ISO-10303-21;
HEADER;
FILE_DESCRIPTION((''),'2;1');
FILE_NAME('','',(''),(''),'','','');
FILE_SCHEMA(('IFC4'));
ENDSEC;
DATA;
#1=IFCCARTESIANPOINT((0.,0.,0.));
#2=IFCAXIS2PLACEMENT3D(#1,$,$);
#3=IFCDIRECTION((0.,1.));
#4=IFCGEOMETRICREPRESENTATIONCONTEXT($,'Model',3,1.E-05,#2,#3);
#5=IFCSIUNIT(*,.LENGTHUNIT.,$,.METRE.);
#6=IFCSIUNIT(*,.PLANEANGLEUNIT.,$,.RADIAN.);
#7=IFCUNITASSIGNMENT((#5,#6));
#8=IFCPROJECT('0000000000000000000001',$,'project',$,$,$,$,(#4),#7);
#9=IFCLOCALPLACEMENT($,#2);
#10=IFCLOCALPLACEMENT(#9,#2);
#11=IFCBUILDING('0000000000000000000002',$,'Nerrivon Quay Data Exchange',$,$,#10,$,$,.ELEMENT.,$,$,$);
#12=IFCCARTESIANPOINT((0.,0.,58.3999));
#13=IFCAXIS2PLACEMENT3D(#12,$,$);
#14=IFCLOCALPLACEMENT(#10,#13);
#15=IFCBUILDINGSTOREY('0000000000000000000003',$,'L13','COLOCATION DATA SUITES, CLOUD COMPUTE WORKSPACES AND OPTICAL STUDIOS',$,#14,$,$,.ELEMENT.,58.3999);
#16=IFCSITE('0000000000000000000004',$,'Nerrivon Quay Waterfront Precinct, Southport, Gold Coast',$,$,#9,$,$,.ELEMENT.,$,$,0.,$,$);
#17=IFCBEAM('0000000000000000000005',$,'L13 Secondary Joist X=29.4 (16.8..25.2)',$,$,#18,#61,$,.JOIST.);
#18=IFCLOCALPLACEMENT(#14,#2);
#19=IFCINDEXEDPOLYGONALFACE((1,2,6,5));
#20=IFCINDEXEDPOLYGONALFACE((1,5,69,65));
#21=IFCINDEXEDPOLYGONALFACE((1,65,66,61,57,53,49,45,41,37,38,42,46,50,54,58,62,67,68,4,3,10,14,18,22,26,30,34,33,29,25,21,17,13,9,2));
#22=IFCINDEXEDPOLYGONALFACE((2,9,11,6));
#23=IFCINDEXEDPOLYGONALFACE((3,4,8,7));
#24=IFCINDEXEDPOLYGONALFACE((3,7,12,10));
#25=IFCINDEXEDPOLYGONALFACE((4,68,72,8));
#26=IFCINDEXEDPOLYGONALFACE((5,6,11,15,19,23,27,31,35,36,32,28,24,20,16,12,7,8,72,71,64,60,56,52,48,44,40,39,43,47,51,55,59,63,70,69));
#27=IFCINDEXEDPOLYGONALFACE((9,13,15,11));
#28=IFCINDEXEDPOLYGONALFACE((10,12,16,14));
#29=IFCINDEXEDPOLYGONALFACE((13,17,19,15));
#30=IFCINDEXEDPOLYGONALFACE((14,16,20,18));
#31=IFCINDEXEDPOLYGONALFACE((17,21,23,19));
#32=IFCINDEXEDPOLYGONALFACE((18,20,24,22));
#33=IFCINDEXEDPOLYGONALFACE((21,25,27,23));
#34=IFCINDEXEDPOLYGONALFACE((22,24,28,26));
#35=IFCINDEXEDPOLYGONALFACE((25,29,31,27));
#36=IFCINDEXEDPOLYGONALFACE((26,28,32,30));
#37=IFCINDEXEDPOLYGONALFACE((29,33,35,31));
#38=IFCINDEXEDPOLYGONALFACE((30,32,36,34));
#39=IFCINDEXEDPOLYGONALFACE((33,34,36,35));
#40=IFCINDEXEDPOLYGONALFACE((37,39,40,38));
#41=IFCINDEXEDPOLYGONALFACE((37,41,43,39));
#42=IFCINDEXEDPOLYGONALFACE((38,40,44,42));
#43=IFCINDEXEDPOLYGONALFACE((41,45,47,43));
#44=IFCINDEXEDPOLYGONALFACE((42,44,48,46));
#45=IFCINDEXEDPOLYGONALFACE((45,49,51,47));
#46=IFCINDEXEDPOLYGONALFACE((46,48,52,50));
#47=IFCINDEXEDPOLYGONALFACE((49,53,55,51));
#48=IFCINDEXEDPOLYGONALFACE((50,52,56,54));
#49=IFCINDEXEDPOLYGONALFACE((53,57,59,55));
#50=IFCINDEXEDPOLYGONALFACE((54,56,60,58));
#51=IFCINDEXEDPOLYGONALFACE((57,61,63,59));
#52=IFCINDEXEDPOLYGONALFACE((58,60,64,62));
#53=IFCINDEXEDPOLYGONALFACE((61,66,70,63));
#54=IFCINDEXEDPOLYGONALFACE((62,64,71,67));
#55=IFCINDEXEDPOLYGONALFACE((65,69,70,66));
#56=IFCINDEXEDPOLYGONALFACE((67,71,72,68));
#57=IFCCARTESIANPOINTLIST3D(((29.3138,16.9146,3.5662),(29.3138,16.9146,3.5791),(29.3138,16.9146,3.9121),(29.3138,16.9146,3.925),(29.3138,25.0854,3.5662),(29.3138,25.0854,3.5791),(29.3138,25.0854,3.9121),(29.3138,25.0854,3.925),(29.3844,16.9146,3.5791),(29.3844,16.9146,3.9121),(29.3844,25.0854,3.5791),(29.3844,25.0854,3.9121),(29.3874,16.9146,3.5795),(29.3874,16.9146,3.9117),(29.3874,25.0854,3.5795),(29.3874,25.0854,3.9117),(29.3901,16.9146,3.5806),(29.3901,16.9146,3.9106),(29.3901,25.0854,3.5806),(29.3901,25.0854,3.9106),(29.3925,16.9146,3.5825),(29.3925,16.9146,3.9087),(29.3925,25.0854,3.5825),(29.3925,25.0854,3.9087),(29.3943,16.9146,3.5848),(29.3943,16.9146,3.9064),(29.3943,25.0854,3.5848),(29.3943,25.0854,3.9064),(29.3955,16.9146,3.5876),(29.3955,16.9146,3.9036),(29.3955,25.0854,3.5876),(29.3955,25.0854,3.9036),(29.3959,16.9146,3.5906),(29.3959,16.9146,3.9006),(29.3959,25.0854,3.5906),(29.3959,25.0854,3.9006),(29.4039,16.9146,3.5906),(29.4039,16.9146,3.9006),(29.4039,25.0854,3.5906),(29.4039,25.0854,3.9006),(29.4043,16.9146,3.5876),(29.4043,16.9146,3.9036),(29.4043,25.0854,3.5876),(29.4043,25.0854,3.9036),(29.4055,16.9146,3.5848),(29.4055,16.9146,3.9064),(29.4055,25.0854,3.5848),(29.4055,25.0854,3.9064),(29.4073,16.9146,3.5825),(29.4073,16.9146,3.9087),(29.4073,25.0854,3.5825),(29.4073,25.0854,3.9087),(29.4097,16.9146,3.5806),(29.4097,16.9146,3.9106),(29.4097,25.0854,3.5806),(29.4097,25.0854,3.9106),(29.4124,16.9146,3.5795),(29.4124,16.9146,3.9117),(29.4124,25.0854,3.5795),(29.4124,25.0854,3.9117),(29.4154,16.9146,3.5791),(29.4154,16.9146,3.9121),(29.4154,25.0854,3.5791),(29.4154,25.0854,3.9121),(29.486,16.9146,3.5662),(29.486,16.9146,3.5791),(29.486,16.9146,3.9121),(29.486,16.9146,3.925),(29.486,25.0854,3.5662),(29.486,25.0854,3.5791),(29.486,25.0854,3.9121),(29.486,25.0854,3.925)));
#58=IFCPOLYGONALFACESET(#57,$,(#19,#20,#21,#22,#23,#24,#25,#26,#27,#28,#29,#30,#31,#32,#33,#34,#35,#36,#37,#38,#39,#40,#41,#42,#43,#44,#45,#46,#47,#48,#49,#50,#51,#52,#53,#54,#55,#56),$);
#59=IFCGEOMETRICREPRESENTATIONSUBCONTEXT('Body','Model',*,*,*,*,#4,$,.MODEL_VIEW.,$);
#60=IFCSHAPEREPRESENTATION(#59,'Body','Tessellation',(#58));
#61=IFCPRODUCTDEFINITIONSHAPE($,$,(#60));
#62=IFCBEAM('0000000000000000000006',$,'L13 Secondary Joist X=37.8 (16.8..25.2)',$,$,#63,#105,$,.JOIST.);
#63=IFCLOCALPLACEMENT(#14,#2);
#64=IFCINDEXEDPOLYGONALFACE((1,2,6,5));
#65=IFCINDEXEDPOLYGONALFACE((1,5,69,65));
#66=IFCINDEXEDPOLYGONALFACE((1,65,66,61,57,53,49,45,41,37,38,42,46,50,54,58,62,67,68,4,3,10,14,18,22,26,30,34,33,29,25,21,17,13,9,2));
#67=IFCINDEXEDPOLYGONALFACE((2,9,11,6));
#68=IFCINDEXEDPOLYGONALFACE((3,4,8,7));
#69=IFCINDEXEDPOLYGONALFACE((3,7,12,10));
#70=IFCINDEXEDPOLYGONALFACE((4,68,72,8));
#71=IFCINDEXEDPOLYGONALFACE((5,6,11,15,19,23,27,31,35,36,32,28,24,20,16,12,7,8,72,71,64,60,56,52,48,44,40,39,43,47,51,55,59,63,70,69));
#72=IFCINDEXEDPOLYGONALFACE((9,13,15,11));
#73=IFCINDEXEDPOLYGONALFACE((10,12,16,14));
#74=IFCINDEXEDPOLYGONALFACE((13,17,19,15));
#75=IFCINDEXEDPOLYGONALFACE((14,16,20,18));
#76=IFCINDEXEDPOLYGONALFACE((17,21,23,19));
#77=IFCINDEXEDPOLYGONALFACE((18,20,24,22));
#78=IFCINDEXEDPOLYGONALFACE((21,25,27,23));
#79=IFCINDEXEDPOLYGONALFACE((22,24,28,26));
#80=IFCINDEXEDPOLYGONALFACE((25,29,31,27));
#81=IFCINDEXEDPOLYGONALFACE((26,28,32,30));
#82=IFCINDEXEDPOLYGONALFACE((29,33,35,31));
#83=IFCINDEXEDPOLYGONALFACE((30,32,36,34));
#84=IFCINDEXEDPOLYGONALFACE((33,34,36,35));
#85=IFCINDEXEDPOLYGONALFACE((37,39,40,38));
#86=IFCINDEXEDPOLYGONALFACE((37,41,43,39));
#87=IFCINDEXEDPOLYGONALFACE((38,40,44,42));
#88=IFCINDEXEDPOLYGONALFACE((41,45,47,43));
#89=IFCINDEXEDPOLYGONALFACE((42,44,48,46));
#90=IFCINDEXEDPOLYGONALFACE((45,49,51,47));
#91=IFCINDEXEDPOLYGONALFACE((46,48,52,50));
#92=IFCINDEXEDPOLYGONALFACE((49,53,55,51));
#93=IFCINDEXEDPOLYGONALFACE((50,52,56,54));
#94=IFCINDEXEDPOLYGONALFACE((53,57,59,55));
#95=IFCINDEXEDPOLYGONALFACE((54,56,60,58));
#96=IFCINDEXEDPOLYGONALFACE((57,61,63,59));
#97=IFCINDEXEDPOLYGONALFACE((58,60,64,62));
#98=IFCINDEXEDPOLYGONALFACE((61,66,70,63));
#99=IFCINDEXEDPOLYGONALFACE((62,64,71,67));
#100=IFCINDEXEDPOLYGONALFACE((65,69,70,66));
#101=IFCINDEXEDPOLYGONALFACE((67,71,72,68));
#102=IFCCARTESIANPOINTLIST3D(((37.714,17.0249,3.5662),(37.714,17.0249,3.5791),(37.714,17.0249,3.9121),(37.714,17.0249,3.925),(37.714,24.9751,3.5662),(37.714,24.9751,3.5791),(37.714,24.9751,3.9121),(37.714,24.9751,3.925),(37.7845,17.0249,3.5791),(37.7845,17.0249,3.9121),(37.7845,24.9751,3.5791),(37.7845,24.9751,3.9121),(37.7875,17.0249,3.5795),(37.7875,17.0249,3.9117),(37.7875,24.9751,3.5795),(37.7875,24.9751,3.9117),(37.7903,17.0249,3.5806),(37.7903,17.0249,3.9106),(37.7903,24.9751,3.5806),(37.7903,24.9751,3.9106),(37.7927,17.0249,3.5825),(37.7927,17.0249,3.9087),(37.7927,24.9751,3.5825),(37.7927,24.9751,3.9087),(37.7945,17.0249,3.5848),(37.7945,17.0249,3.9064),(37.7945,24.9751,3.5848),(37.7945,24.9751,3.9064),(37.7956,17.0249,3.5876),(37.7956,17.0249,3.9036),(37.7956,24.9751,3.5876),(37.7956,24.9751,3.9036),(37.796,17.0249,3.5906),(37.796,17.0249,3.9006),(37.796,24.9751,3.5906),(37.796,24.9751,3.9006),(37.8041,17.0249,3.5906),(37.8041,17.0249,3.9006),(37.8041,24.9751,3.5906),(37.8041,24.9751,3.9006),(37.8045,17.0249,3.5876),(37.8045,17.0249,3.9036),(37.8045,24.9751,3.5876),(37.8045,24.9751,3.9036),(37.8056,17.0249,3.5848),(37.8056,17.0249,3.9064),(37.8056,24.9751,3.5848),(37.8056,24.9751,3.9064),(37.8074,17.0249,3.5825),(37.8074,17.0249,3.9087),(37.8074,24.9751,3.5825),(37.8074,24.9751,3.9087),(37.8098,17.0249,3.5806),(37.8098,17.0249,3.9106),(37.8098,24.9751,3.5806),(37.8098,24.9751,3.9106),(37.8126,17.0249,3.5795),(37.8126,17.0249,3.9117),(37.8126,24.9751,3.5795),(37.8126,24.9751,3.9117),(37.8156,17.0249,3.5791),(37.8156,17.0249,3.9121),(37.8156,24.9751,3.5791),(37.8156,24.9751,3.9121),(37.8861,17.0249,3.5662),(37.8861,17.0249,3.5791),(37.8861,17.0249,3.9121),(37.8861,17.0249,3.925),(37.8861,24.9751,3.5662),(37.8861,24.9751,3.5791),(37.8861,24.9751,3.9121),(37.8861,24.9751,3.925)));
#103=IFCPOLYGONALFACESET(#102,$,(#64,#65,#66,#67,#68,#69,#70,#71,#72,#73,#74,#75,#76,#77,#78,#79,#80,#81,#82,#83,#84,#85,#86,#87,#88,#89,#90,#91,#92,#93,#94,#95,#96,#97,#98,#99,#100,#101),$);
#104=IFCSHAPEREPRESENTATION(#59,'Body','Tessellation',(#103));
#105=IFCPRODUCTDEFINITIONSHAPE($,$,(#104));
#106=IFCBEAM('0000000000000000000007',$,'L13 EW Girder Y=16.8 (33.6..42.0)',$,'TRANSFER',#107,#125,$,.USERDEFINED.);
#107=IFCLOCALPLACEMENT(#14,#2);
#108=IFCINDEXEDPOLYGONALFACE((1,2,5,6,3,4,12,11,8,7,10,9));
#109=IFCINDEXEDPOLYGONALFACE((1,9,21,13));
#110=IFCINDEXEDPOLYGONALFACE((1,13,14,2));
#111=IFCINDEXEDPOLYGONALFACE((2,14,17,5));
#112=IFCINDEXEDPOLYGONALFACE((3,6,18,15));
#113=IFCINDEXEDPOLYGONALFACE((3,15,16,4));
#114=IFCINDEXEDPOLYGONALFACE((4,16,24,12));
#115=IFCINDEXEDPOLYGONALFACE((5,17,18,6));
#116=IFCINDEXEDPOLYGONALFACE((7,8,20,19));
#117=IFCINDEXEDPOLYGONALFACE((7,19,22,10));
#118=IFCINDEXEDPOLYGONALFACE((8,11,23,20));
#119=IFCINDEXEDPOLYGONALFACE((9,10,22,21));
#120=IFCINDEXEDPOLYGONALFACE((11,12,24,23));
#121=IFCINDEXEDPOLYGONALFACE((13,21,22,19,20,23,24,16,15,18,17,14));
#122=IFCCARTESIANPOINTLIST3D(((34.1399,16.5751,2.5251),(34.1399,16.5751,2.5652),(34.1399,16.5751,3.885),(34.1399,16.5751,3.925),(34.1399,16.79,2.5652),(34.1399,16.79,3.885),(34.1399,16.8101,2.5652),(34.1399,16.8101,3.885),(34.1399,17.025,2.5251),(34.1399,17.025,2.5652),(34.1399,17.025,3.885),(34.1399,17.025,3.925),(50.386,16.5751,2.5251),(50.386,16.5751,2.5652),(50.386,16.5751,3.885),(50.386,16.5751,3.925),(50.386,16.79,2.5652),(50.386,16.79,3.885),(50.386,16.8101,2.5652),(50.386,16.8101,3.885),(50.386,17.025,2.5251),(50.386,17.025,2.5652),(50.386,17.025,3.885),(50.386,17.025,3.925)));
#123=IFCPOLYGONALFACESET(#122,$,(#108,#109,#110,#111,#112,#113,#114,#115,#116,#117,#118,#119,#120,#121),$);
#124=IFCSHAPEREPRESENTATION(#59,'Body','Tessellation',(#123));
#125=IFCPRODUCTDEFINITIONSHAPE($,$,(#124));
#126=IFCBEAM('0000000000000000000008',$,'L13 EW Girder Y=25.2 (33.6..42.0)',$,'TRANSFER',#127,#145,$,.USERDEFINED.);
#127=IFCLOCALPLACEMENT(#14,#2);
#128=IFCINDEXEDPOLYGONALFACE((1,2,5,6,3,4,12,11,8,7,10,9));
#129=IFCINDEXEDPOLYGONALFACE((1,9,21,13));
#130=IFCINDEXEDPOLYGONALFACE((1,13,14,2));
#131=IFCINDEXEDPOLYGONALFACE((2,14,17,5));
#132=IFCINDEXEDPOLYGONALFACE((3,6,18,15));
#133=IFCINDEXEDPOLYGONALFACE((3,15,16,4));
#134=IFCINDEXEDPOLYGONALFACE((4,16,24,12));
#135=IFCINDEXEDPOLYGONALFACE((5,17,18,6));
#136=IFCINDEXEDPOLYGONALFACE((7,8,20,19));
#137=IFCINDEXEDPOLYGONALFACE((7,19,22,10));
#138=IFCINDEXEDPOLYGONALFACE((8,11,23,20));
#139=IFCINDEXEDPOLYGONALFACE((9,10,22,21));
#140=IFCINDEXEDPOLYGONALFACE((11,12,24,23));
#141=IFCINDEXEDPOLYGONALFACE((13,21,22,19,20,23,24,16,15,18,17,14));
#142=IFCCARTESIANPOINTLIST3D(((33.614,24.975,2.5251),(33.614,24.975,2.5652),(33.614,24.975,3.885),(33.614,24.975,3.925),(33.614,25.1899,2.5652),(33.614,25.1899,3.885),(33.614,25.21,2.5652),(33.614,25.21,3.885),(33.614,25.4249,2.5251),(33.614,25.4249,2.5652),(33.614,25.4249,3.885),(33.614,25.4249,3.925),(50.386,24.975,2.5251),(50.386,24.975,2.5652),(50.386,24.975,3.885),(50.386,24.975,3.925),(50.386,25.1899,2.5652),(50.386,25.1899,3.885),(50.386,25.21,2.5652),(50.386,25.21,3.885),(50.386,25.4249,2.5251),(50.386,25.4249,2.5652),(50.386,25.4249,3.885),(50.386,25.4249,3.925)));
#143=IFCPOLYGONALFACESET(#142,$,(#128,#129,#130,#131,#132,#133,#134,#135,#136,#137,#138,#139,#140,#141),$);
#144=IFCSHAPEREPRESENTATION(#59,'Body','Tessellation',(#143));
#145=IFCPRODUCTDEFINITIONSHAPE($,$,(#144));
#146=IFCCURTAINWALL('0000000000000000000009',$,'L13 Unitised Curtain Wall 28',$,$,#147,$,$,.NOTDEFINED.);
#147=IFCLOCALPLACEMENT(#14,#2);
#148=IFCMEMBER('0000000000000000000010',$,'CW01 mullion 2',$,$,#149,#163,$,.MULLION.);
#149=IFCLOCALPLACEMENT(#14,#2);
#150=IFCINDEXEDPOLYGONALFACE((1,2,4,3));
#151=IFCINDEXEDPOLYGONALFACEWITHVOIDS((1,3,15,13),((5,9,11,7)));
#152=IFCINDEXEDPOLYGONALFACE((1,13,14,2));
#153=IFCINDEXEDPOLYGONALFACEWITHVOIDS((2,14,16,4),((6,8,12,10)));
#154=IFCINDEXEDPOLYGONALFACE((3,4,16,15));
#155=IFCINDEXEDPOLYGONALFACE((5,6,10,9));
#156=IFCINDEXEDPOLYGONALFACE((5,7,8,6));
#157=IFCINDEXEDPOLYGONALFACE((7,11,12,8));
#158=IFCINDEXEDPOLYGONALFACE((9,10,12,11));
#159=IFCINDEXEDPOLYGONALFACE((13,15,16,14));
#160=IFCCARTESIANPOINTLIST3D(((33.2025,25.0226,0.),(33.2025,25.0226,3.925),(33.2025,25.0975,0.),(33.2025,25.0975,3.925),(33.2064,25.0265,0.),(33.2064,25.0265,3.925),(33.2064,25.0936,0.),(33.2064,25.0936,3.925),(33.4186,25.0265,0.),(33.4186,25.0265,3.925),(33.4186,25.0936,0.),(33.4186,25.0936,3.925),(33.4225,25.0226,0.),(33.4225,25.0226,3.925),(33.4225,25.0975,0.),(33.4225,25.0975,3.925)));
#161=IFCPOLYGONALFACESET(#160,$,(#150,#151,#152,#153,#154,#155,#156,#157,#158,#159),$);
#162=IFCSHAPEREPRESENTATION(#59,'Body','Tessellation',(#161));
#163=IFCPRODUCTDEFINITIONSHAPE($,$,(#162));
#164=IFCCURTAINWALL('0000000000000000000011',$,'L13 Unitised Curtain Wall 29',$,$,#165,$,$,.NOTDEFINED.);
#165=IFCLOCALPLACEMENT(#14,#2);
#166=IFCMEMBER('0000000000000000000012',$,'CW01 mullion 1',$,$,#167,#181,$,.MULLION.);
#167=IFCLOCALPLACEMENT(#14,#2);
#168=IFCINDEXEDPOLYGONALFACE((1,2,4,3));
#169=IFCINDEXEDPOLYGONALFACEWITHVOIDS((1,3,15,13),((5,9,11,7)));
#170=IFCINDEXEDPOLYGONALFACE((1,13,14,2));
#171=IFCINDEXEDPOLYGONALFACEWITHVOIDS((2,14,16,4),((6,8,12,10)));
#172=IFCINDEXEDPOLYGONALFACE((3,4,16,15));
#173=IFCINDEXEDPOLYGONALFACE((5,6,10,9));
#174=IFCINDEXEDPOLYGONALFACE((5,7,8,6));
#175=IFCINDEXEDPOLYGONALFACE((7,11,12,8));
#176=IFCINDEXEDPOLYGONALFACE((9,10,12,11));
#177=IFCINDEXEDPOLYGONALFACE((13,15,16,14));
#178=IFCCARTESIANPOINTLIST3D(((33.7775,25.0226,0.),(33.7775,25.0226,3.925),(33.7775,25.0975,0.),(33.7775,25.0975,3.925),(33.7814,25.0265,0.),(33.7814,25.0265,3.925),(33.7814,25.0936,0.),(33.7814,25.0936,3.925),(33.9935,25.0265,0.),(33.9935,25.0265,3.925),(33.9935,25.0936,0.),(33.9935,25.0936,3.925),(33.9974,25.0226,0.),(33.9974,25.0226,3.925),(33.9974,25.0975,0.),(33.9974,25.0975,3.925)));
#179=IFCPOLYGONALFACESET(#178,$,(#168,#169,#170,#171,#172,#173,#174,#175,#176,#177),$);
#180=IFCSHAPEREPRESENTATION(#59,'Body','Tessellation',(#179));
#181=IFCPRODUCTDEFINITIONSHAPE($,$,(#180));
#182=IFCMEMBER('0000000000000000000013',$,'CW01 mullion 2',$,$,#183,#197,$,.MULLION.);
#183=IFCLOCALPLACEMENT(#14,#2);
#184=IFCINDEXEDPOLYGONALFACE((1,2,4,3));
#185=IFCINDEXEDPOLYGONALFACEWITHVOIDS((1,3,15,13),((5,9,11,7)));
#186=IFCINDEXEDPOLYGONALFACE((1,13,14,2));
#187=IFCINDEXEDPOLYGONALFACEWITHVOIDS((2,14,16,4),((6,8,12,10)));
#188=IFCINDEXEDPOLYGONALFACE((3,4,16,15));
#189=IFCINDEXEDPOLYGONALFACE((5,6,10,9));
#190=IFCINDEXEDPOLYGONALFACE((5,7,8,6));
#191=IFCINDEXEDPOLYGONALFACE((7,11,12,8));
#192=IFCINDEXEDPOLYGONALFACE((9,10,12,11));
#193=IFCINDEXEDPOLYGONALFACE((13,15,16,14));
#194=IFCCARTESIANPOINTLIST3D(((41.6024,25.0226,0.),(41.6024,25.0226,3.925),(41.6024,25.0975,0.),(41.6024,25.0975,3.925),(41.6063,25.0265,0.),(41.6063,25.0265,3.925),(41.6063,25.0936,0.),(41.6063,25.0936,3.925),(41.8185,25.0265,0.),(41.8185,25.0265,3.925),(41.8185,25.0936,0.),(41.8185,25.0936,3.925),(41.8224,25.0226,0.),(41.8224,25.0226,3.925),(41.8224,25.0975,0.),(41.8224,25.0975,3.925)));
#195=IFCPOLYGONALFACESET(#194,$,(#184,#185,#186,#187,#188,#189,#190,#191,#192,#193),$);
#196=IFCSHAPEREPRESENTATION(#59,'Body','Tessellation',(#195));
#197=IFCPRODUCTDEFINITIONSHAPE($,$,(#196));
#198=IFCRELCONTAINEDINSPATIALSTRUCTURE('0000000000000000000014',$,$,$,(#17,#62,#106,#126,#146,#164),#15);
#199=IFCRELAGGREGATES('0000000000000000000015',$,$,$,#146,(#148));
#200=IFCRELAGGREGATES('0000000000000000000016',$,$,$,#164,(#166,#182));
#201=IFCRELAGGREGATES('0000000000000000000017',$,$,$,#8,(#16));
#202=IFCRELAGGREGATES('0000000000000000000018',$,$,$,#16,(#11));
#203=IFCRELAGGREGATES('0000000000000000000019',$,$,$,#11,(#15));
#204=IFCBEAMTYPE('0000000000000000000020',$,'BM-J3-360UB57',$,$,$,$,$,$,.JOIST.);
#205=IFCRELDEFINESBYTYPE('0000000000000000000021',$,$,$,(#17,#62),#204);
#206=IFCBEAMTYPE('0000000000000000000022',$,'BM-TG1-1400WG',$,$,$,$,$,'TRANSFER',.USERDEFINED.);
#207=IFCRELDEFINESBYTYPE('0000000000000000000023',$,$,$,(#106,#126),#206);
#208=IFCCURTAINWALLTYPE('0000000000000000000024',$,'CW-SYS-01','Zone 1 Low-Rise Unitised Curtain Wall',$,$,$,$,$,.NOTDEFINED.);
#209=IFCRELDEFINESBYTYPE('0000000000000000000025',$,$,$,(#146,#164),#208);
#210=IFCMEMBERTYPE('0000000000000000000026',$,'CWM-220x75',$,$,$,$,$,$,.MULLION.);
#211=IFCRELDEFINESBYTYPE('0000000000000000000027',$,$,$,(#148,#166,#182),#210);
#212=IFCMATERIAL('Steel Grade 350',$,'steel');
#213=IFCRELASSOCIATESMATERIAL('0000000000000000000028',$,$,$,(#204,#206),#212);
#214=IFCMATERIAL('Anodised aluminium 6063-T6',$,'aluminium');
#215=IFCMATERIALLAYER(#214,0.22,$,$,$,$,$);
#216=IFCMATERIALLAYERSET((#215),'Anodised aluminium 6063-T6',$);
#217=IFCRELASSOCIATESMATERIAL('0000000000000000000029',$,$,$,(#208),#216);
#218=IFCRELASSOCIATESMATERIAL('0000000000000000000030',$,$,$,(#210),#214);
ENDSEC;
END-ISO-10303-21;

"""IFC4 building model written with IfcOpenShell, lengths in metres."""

from ifc_helpers import new_model, si_unit, direction, frame, origin, origin_2d, place, context, subcontext, project, spatial, hollow_rectangle, i_section, extrude, material, layer, layer_set, material_profile, profile_set, type_object, element, aggregate, save


model = new_model("IFC4")

# Units and contexts
model_context = context("Model", 3, precision=1e-05, world=origin(), true_north=direction((0.0, 1.0)))
body_context = subcontext(model_context, "Body", "Model", "MODEL_VIEW")
ifc_project = project(units=[si_unit("LENGTHUNIT", "METRE"), si_unit("PLANEANGLEUNIT", "RADIAN")], contexts=[model_context])

# Site, building, storey
site_placement = place(None, origin())
site = spatial("IfcSite", under=ifc_project, at=site_placement, Name="Nerrivon Quay Waterfront Precinct, Southport, Gold Coast", CompositionType="ELEMENT", RefElevation=0.0)
building_placement = place(site_placement, origin())
building = spatial("IfcBuilding", under=site, at=building_placement, Name="Nerrivon Quay Data Exchange", CompositionType="ELEMENT")
storey_placement = place(building_placement, frame((0.0, 0.0, 58.3999)))
storey = spatial("IfcBuildingStorey", under=building, at=storey_placement, Name="L13", Description="COLOCATION DATA SUITES, CLOUD COMPUTE WORKSPACES AND OPTICAL STUDIOS", CompositionType="ELEMENT", Elevation=58.3999)

# Shared definitions
ifc_material_1 = material(Name="Steel Grade 350", Category="steel")

# Beams
ifc_material_profile_1 = material_profile(ifc_material_1, i_section(OverallWidth=0.1721, OverallDepth=0.3589, WebThickness=0.0081, FlangeThickness=0.0129, FilletRadius=0.0115, at=origin_2d()), Name="360UB56.7")
ifc_profile_set_1 = profile_set([ifc_material_profile_1], Name="Steel Grade 350")
beam_type_1 = type_object("IfcBeamType", Name="BM-J3-360UB57", PredefinedType="JOIST", material=ifc_profile_set_1)
beam_1_placement = place(storey_placement, frame((29.3999, 16.9146, 3.7456), z_axis=(0.0, 1.0, 0.0), x_axis=(-1.0, 0.0, 0.0)))
element("IfcBeam", 1, at=beam_1_placement, inside=storey, type_object=beam_type_1, Name="L13 Secondary Joist X=29.4 (16.8..25.2)", PredefinedType="JOIST", context=body_context, shape_type="SweptSolid", body=[
    extrude(i_section(OverallWidth=0.1721, OverallDepth=0.3589, WebThickness=0.0081, FlangeThickness=0.0129, FilletRadius=0.0115, at=origin_2d()), origin(), (0.0, 0.0, 1.0), 8.1709),
])
beam_2_placement = place(storey_placement, frame((37.8, 17.0249, 3.7456), z_axis=(0.0, 1.0, 0.0), x_axis=(-1.0, 0.0, 0.0)))
element("IfcBeam", 2, at=beam_2_placement, inside=storey, type_object=beam_type_1, Name="L13 Secondary Joist X=37.8 (16.8..25.2)", PredefinedType="JOIST", context=body_context, shape_type="SweptSolid", body=[
    extrude(i_section(OverallWidth=0.1721, OverallDepth=0.3589, WebThickness=0.0081, FlangeThickness=0.0129, FilletRadius=0.0115, at=origin_2d()), origin(), (0.0, 0.0, 1.0), 7.9502),
])
ifc_material_profile_2 = material_profile(ifc_material_1, i_section(OverallWidth=0.45, OverallDepth=1.3999, WebThickness=0.02, FlangeThickness=0.04, at=origin_2d()), Name="1400WG455")
ifc_profile_set_2 = profile_set([ifc_material_profile_2], Name="Steel Grade 350")
beam_type_2 = type_object("IfcBeamType", Name="BM-TG1-1400WG", ElementType="TRANSFER", PredefinedType="USERDEFINED", material=ifc_profile_set_2)
beam_3_placement = place(storey_placement, frame((34.1399, 16.8, 3.2251), z_axis=(1.0, 0.0, 0.0), x_axis=(0.0, 1.0, 0.0)))
element("IfcBeam", 3, at=beam_3_placement, inside=storey, type_object=beam_type_2, Name="L13 EW Girder Y=16.8 (33.6..42.0)", ObjectType="TRANSFER", PredefinedType="USERDEFINED", context=body_context, shape_type="SweptSolid", body=[
    extrude(i_section(OverallWidth=0.45, OverallDepth=1.3999, WebThickness=0.02, FlangeThickness=0.04, at=origin_2d()), origin(), (0.0, 0.0, 1.0), 16.2461),
])
beam_4_placement = place(storey_placement, frame((33.614, 25.2, 3.2251), z_axis=(1.0, 0.0, 0.0), x_axis=(0.0, 1.0, 0.0)))
element("IfcBeam", 4, at=beam_4_placement, inside=storey, type_object=beam_type_2, Name="L13 EW Girder Y=25.2 (33.6..42.0)", ObjectType="TRANSFER", PredefinedType="USERDEFINED", context=body_context, shape_type="SweptSolid", body=[
    extrude(i_section(OverallWidth=0.45, OverallDepth=1.3999, WebThickness=0.02, FlangeThickness=0.04, at=origin_2d()), origin(), (0.0, 0.0, 1.0), 16.772),
])

# Curtain wall, member
ifc_material_2 = material(Name="Anodised aluminium 6063-T6", Category="aluminium")
ifc_layer_1 = layer(ifc_material_2, 0.22)
ifc_layer_set_1 = layer_set([ifc_layer_1], Name="Anodised aluminium 6063-T6")
curtain_wall_type = type_object("IfcCurtainWallType", Name="CW-SYS-01", Description="Zone 1 Low-Rise Unitised Curtain Wall", PredefinedType="NOTDEFINED", material=ifc_layer_set_1)
curtain_wall_1_placement = place(storey_placement, origin())
curtain_wall_1 = element("IfcCurtainWall", 5, at=curtain_wall_1_placement, inside=storey, type_object=curtain_wall_type, Name="L13 Unitised Curtain Wall 28", PredefinedType="NOTDEFINED")
ifc_material_profile_3 = material_profile(ifc_material_2, hollow_rectangle(XDim=0.075, YDim=0.22, WallThickness=0.0039, at=origin_2d()), Name="ALU-MULL-220x75")
ifc_profile_set_3 = profile_set([ifc_material_profile_3], Name="Anodised aluminium 6063-T6")
member_type_1 = type_object("IfcMemberType", Name="CWM-220x75", PredefinedType="MULLION", material=ifc_profile_set_3)
member_1_placement = place(storey_placement, frame((33.3125, 25.0601, 0.0), z_axis=(0.0, 0.0, 1.0), x_axis=(0.0, 1.0, 0.0)))
member_1 = element("IfcMember", 6, at=member_1_placement, type_object=member_type_1, Name="CW01 mullion 2", PredefinedType="MULLION", context=body_context, shape_type="SweptSolid", body=[
    extrude(hollow_rectangle(XDim=0.075, YDim=0.22, WallThickness=0.0039, at=origin_2d()), origin(), (0.0, 0.0, 1.0), 3.925),
])

# Curtain wall, members
curtain_wall_2_placement = place(storey_placement, origin())
curtain_wall_2 = element("IfcCurtainWall", 7, at=curtain_wall_2_placement, inside=storey, type_object=curtain_wall_type, Name="L13 Unitised Curtain Wall 29", PredefinedType="NOTDEFINED")
member_2_placement = place(storey_placement, frame((33.8875, 25.0601, 0.0), z_axis=(0.0, 0.0, 1.0), x_axis=(0.0, 1.0, 0.0)))
member_2 = element("IfcMember", 8, at=member_2_placement, type_object=member_type_1, Name="CW01 mullion 1", PredefinedType="MULLION", context=body_context, shape_type="SweptSolid", body=[
    extrude(hollow_rectangle(XDim=0.075, YDim=0.22, WallThickness=0.0039, at=origin_2d()), origin(), (0.0, 0.0, 1.0), 3.925),
])
member_3_placement = place(storey_placement, frame((41.7124, 25.0601, 0.0), z_axis=(0.0, 0.0, 1.0), x_axis=(0.0, 1.0, 0.0)))
member_3 = element("IfcMember", 9, at=member_3_placement, type_object=member_type_1, Name="CW01 mullion 2", PredefinedType="MULLION", context=body_context, shape_type="SweptSolid", body=[
    extrude(hollow_rectangle(XDim=0.075, YDim=0.22, WallThickness=0.0039, at=origin_2d()), origin(), (0.0, 0.0, 1.0), 3.925),
])

aggregate(curtain_wall_1, [member_1])
aggregate(curtain_wall_2, [member_2, member_3])

save(model, "model.ifc")
